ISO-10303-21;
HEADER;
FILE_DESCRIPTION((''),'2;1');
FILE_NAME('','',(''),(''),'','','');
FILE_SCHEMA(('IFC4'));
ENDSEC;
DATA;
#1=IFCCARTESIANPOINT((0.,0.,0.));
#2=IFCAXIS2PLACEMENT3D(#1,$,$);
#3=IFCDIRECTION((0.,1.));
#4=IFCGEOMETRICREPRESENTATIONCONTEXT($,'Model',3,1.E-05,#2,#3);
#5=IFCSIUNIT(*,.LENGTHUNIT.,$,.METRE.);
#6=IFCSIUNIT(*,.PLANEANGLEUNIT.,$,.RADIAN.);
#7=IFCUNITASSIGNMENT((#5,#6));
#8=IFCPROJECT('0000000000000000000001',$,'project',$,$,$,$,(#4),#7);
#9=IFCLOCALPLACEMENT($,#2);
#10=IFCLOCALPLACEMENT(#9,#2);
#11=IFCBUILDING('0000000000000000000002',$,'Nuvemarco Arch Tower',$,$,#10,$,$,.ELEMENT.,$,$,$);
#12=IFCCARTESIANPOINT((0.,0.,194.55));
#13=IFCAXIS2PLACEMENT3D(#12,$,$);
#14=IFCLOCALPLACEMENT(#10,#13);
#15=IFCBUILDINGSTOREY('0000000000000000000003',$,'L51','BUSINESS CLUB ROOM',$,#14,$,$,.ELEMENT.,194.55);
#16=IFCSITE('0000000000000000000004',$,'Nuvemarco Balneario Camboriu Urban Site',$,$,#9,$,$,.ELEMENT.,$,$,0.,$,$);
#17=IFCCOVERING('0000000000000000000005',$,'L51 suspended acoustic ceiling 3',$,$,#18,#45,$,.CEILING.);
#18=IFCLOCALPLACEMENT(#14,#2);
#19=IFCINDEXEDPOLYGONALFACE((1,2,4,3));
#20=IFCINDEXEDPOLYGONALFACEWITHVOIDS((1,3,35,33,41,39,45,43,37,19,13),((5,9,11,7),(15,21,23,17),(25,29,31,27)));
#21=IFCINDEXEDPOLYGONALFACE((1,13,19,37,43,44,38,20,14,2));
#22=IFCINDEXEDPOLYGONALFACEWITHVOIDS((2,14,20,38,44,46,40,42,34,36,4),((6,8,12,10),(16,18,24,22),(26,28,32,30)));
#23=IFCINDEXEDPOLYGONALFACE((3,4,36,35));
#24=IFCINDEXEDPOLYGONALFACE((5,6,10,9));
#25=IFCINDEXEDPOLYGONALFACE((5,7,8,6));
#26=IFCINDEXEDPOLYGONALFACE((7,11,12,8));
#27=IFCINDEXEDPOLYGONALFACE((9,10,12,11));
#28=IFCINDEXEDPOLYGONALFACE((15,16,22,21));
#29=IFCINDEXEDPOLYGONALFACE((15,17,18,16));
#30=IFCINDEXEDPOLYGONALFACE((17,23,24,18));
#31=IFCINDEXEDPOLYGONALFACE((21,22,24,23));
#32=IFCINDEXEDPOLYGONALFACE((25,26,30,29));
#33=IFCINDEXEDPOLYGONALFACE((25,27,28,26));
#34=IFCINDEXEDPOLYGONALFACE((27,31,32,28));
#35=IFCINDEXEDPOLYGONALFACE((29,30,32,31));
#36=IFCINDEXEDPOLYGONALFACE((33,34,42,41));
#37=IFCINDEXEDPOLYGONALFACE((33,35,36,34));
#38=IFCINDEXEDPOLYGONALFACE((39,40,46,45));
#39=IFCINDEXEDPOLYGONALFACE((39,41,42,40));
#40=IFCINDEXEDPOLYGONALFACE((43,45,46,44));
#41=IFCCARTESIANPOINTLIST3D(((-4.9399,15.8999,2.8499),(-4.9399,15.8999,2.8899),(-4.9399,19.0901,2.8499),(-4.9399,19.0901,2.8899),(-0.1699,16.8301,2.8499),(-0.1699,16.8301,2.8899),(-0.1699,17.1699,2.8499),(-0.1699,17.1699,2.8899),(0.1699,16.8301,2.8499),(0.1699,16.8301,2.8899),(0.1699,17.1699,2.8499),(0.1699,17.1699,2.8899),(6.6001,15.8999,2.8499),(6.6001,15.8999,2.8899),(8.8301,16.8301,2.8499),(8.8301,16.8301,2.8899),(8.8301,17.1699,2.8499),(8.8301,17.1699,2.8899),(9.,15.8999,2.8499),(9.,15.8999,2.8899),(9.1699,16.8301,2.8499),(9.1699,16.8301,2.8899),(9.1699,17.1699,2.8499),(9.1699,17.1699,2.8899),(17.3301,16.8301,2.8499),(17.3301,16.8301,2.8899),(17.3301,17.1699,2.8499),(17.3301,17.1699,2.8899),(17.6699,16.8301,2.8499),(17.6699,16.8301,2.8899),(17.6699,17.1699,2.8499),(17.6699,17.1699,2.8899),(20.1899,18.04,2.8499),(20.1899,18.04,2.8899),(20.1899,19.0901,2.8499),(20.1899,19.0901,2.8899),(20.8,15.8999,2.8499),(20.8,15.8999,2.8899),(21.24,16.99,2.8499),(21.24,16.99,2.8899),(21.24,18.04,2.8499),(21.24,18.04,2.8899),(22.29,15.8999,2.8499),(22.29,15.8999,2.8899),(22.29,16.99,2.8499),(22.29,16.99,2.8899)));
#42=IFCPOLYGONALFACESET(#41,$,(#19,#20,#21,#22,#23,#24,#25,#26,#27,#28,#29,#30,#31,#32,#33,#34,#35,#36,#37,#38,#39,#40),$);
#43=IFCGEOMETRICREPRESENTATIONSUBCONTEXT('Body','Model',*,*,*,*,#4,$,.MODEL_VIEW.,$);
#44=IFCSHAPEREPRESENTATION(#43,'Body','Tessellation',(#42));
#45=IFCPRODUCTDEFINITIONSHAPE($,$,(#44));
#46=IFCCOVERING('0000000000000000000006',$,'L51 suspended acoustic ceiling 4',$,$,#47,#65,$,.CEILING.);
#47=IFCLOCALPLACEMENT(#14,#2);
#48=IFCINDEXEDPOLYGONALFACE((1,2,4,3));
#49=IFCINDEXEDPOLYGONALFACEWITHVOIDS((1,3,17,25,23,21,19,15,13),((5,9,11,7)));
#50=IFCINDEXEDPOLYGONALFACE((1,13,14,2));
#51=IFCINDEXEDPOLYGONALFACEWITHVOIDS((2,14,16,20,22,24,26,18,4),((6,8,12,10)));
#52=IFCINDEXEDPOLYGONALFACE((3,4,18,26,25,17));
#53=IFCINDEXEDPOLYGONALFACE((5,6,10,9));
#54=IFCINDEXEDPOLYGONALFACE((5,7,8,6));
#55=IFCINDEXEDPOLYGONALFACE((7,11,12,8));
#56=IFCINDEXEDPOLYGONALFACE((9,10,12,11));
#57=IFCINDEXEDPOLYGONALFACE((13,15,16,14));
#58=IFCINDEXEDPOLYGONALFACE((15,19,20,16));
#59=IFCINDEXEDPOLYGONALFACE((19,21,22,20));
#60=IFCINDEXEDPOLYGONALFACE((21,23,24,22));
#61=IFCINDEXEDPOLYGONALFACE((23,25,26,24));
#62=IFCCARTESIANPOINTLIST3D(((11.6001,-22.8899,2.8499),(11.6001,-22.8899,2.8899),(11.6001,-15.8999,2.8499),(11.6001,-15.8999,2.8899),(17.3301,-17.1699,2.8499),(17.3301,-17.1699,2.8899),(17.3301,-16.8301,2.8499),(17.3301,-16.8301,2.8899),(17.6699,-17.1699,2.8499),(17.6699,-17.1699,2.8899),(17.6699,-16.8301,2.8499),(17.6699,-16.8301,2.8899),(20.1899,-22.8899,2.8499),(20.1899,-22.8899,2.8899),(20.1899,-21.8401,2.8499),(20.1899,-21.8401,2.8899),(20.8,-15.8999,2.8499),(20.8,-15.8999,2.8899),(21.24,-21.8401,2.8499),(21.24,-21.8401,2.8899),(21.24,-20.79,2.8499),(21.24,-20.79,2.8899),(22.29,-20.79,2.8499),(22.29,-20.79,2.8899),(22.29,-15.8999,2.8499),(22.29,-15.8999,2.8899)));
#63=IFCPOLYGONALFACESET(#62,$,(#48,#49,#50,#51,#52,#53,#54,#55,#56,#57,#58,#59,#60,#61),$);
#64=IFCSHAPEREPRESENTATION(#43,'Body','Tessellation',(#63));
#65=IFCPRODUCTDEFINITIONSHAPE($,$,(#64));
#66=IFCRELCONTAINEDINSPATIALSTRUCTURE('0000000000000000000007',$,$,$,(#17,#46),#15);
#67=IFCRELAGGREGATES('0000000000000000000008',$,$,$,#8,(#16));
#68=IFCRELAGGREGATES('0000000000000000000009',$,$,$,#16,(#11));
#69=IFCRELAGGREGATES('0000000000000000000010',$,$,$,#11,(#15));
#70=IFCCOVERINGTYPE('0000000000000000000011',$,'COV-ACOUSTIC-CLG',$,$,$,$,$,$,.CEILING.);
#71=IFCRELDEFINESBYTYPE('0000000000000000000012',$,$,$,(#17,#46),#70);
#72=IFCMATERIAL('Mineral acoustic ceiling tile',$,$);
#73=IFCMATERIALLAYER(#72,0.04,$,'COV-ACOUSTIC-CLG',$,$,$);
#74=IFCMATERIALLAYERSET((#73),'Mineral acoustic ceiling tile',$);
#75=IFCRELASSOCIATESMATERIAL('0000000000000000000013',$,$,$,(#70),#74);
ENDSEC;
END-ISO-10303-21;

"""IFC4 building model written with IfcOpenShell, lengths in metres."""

from ifc_helpers import new_model, si_unit, direction, frame, origin, place, context, subcontext, project, spatial, polyline, outline, extrude, material, layer, layer_set, type_object, element, save


model = new_model("IFC4")

# Units and contexts
model_context = context("Model", 3, precision=1e-05, world=origin(), true_north=direction((0.0, 1.0)))
body_context = subcontext(model_context, "Body", "Model", "MODEL_VIEW")
ifc_project = project(units=[si_unit("LENGTHUNIT", "METRE"), si_unit("PLANEANGLEUNIT", "RADIAN")], contexts=[model_context])

# Site, building, storey
site_placement = place(None, origin())
site = spatial("IfcSite", under=ifc_project, at=site_placement, Name="Nuvemarco Balneario Camboriu Urban Site", CompositionType="ELEMENT", RefElevation=0.0)
building_placement = place(site_placement, origin())
building = spatial("IfcBuilding", under=site, at=building_placement, Name="Nuvemarco Arch Tower", CompositionType="ELEMENT")
storey_placement = place(building_placement, frame((0.0, 0.0, 194.55)))
storey = spatial("IfcBuildingStorey", under=building, at=storey_placement, Name="L51", Description="BUSINESS CLUB ROOM", CompositionType="ELEMENT", Elevation=194.55)

# Coverings
ifc_material_1 = material(Name="Mineral acoustic ceiling tile")
ifc_layer_1 = layer(ifc_material_1, 0.04, Name="COV-ACOUSTIC-CLG")
ifc_layer_set_1 = layer_set([ifc_layer_1], Name="Mineral acoustic ceiling tile")
covering_type = type_object("IfcCoveringType", Name="COV-ACOUSTIC-CLG", PredefinedType="CEILING", material=ifc_layer_set_1)
covering_1_placement = place(storey_placement, frame((0.0, 0.0, 2.8499)))
element("IfcCovering", 1, at=covering_1_placement, inside=storey, type_object=covering_type, Name="L51 suspended acoustic ceiling 3", PredefinedType="CEILING", context=body_context, shape_type="SweptSolid", body=[
    extrude(outline(polyline([(22.29, 16.99), (22.29, 15.8999), (20.8, 15.8999), (9.0, 15.8999), (6.6001, 15.8999), (-4.9399, 15.8999), (-4.9399, 19.0901), (20.1899, 19.0901), (20.1899, 18.04), (21.24, 18.04), (21.24, 16.99), (22.29, 16.99)]), holes=[polyline([(0.1699, 16.8301), (0.1699, 17.1699), (-0.1699, 17.1699), (-0.1699, 16.8301), (0.1699, 16.8301)]), polyline([(9.1699, 17.1699), (8.8301, 17.1699), (8.8301, 16.8301), (9.1699, 16.8301), (9.1699, 17.1699)]), polyline([(17.6699, 16.8301), (17.6699, 17.1699), (17.3301, 17.1699), (17.3301, 16.8301), (17.6699, 16.8301)])]), origin(), (0.0, 0.0, 1.0), 0.04),
])
covering_2_placement = place(storey_placement, frame((0.0, 0.0, 2.8499)))
element("IfcCovering", 2, at=covering_2_placement, inside=storey, type_object=covering_type, Name="L51 suspended acoustic ceiling 4", PredefinedType="CEILING", context=body_context, shape_type="SweptSolid", body=[
    extrude(outline(polyline([(20.1899, -22.8899), (11.6001, -22.8899), (11.6001, -15.8999), (20.8, -15.8999), (22.29, -15.8999), (22.29, -20.79), (21.24, -20.79), (21.24, -21.8401), (20.1899, -21.8401), (20.1899, -22.8899)]), holes=[polyline([(17.6699, -17.1699), (17.6699, -16.8301), (17.3301, -16.8301), (17.3301, -17.1699), (17.6699, -17.1699)])]), origin(), (0.0, 0.0, 1.0), 0.04),
])

save(model, "model.ifc")
